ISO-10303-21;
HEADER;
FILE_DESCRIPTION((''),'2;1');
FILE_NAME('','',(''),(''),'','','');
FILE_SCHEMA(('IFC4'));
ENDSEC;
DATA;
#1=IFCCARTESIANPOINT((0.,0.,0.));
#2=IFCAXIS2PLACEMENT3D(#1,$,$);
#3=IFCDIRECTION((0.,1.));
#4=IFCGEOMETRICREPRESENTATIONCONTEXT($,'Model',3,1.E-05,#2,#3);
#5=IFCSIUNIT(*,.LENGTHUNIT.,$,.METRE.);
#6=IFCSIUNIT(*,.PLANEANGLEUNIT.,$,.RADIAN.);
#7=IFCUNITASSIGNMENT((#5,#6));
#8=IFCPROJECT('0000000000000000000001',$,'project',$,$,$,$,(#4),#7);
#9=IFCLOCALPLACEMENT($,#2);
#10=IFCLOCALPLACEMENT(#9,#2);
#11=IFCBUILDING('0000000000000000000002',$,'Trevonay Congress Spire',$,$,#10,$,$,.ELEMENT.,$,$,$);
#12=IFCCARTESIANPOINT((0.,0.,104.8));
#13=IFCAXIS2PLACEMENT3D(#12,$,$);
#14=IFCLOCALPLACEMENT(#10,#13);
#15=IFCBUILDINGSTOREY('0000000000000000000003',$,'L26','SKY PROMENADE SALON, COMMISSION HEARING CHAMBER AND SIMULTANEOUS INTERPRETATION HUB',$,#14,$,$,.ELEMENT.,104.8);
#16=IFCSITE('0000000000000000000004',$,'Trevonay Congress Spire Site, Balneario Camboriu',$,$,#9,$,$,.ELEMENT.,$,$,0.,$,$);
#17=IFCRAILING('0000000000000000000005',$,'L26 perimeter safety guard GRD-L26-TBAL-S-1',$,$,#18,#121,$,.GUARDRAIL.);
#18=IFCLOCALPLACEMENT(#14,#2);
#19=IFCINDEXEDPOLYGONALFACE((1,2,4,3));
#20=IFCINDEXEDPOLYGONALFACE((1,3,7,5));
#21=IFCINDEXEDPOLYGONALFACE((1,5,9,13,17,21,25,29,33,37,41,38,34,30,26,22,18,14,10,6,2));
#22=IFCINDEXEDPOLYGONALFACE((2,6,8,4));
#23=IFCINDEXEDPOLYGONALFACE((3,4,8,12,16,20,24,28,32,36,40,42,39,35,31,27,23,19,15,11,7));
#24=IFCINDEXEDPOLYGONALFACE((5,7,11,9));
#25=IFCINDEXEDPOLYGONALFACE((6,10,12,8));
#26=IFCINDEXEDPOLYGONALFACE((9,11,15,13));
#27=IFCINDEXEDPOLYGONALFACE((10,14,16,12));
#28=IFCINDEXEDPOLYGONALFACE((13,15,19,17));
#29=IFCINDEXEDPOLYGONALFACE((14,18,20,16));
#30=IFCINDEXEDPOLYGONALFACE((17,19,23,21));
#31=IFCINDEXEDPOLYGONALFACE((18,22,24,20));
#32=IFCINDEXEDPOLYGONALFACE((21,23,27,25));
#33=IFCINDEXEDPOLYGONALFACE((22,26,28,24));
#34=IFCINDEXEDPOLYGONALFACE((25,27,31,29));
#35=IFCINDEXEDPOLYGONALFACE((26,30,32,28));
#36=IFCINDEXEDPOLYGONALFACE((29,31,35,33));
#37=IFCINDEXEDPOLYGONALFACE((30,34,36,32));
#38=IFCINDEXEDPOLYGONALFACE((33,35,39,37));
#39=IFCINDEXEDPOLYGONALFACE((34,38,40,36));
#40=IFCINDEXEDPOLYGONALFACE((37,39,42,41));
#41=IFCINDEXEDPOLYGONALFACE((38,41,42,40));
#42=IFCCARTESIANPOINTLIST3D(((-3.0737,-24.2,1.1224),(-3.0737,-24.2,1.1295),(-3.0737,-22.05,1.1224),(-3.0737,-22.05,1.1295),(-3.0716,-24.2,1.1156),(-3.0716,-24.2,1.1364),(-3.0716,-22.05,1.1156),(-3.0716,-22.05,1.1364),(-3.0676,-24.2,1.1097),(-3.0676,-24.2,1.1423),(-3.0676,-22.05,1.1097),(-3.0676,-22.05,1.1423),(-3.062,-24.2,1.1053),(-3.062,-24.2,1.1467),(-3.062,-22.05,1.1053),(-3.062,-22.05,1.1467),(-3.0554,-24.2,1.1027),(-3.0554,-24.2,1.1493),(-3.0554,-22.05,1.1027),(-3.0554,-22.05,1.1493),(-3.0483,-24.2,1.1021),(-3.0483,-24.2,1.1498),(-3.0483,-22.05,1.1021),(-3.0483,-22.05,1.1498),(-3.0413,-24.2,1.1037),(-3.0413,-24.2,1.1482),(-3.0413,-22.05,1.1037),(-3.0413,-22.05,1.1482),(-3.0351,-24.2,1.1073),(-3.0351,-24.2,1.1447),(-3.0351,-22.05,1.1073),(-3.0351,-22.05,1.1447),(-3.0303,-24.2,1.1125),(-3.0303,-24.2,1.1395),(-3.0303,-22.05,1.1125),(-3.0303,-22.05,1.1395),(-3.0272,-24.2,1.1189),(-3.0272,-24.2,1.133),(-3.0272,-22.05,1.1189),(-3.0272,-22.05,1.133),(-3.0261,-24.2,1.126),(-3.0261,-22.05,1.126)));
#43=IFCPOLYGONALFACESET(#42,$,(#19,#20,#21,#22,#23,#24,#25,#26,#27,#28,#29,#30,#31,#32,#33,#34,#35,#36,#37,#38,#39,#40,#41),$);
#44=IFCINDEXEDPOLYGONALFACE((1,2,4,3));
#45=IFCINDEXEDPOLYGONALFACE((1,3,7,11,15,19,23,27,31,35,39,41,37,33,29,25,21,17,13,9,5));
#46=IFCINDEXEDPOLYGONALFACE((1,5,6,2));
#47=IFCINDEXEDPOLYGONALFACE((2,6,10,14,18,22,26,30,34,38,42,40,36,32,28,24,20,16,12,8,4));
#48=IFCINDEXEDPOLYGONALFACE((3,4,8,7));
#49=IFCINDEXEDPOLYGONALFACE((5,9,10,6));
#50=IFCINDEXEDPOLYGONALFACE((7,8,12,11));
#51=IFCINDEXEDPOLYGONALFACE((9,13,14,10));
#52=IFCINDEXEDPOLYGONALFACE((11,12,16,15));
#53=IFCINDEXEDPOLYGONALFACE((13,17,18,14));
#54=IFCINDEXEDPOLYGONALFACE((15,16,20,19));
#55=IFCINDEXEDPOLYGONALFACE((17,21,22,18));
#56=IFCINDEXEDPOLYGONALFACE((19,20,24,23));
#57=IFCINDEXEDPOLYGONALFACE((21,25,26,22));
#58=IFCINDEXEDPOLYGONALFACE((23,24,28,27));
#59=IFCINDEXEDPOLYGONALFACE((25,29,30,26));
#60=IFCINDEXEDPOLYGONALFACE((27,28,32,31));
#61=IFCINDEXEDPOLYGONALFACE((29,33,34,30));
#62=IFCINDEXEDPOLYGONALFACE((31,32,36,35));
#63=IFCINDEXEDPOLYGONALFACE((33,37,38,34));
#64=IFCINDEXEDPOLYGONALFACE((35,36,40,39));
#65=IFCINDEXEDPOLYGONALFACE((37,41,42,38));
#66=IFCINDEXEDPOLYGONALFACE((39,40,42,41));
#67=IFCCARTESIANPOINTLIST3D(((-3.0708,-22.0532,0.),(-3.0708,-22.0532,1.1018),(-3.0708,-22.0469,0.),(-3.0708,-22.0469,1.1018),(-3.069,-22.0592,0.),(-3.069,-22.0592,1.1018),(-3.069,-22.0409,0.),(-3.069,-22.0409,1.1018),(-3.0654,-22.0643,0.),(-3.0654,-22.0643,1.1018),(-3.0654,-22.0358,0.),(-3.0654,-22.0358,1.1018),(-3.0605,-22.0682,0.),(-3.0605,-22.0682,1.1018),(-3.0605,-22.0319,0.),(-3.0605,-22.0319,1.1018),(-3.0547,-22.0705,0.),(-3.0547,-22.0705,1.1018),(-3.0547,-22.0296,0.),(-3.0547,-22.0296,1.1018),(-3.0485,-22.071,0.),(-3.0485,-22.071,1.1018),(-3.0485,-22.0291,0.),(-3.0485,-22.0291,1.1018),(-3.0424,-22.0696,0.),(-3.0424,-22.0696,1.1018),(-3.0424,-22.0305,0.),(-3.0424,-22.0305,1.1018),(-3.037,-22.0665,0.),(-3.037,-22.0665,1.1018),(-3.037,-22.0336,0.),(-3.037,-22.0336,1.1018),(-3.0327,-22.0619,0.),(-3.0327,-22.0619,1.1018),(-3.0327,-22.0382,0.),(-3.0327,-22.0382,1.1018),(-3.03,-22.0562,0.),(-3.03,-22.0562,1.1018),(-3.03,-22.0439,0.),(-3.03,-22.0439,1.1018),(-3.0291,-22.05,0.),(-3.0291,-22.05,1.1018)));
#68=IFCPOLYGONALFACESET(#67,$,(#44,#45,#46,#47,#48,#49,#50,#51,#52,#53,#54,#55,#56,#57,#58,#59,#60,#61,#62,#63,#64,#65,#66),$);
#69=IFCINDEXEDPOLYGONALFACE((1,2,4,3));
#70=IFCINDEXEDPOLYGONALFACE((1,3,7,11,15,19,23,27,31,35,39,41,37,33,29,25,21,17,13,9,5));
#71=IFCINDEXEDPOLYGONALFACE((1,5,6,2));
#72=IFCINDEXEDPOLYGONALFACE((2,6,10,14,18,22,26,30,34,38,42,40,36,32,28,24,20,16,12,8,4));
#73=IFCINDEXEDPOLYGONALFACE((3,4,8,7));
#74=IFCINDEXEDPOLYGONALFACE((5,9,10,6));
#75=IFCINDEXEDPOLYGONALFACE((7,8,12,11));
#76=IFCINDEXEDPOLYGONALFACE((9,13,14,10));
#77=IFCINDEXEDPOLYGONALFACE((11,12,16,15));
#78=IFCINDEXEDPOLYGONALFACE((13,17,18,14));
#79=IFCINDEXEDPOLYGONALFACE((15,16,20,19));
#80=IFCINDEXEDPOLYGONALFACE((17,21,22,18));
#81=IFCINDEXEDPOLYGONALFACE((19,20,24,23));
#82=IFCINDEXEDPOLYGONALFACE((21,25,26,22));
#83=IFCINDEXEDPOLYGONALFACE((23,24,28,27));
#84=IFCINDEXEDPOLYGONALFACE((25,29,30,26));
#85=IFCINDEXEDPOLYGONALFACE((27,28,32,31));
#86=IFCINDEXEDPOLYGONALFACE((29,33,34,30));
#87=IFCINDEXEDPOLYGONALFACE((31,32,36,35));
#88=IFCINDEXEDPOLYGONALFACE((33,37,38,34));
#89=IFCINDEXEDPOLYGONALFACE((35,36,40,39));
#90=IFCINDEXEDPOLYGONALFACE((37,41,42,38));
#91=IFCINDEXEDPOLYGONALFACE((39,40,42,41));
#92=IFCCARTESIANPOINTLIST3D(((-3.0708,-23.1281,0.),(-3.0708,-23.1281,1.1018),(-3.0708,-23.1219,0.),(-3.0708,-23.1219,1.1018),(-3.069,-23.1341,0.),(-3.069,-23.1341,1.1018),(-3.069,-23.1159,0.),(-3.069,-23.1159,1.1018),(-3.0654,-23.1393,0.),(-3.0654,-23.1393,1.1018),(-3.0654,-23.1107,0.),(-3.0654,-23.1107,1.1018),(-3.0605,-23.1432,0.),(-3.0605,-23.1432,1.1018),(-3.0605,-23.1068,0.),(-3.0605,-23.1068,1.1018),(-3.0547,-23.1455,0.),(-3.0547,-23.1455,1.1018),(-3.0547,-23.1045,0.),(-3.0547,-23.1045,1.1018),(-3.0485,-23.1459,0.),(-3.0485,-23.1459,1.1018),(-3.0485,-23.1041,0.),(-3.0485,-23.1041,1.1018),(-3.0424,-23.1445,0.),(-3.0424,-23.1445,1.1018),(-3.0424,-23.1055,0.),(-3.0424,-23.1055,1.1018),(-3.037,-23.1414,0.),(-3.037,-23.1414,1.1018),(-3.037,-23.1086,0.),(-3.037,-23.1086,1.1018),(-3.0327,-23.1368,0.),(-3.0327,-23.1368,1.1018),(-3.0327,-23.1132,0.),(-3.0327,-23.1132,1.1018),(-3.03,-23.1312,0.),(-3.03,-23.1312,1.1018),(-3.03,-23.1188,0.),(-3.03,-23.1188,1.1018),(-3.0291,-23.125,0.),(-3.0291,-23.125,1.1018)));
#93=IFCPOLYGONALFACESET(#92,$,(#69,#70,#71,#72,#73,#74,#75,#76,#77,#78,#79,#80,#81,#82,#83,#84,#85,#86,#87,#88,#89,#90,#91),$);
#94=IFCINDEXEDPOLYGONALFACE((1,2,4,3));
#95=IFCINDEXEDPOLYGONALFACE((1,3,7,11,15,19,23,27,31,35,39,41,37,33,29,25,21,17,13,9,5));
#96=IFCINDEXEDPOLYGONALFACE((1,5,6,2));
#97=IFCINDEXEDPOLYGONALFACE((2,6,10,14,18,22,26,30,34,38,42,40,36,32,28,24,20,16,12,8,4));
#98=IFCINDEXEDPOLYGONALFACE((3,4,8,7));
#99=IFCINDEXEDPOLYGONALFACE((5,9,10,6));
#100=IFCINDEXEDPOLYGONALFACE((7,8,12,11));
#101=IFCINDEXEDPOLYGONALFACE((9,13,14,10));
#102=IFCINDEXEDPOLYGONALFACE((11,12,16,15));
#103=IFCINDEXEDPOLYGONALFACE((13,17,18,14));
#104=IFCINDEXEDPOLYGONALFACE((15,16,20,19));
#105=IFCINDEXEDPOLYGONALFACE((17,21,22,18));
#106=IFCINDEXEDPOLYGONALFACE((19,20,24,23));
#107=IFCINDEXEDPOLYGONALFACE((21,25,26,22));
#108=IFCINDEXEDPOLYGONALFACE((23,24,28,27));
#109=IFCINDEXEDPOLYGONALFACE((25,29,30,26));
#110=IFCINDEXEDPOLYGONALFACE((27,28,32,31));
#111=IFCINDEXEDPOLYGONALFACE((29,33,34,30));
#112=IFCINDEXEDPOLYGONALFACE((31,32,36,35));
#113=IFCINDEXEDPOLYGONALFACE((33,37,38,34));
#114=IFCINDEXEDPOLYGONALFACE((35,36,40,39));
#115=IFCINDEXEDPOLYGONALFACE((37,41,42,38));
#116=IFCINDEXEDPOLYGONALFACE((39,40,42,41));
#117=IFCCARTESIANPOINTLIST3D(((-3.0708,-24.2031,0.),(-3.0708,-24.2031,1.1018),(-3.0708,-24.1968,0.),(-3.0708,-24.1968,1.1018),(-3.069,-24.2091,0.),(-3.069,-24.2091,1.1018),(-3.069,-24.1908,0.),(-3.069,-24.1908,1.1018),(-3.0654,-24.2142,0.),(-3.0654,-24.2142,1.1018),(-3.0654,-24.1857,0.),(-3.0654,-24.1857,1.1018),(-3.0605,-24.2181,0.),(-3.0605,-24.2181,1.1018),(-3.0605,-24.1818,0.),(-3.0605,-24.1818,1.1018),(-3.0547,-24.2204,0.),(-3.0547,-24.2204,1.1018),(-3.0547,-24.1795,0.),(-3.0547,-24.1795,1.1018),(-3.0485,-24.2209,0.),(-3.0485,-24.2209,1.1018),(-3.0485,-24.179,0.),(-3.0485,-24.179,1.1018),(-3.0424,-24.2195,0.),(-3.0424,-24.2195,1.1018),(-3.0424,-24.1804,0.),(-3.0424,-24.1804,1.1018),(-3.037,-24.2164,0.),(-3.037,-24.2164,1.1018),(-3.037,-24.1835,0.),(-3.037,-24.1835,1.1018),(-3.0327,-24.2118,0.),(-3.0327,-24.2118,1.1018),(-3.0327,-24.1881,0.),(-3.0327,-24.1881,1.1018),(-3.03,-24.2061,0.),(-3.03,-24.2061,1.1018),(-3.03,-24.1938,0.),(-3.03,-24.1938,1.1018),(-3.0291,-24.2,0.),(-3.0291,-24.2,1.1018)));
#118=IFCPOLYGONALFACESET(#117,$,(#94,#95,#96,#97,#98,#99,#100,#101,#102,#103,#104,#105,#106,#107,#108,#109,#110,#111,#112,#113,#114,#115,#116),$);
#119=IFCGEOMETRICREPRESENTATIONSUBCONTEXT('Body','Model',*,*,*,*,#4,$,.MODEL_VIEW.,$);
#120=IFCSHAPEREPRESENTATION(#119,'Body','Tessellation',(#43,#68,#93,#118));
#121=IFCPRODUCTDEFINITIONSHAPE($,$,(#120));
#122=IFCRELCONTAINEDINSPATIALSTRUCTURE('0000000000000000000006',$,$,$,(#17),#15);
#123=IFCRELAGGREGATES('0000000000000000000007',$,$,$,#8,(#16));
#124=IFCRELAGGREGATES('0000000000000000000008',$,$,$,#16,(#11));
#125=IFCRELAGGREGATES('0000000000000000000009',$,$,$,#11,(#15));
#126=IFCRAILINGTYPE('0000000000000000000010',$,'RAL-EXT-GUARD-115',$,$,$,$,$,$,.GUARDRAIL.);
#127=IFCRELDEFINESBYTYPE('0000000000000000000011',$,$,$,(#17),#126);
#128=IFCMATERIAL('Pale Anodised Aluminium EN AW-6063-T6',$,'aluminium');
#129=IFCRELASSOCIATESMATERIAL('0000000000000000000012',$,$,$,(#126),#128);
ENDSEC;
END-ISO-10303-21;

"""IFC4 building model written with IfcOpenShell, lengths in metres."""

from ifc_helpers import new_model, si_unit, direction, frame, origin, origin_2d, place, context, subcontext, project, spatial, circle, extrude, material, type_object, element, save


model = new_model("IFC4")

# Units and contexts
model_context = context("Model", 3, precision=1e-05, world=origin(), true_north=direction((0.0, 1.0)))
body_context = subcontext(model_context, "Body", "Model", "MODEL_VIEW")
ifc_project = project(units=[si_unit("LENGTHUNIT", "METRE"), si_unit("PLANEANGLEUNIT", "RADIAN")], contexts=[model_context])

# Site, building, storey
site_placement = place(None, origin())
site = spatial("IfcSite", under=ifc_project, at=site_placement, Name="Trevonay Congress Spire Site, Balneario Camboriu", CompositionType="ELEMENT", RefElevation=0.0)
building_placement = place(site_placement, origin())
building = spatial("IfcBuilding", under=site, at=building_placement, Name="Trevonay Congress Spire", CompositionType="ELEMENT")
storey_placement = place(building_placement, frame((0.0, 0.0, 104.8)))
storey = spatial("IfcBuildingStorey", under=building, at=storey_placement, Name="L26", Description="SKY PROMENADE SALON, COMMISSION HEARING CHAMBER AND SIMULTANEOUS INTERPRETATION HUB", CompositionType="ELEMENT", Elevation=104.8)

# Shared definitions
ifc_material_1 = material(Name="Pale Anodised Aluminium EN AW-6063-T6", Category="aluminium")

# Railing
railing_type = type_object("IfcRailingType", Name="RAL-EXT-GUARD-115", PredefinedType="GUARDRAIL", material=ifc_material_1)
railing_1_placement = place(storey_placement, frame((-3.05, -22.05, 0.0)))
element("IfcRailing", 1, at=railing_1_placement, inside=storey, type_object=railing_type, Name="L26 perimeter safety guard GRD-L26-TBAL-S-1", PredefinedType="GUARDRAIL", context=body_context, shape_type="SweptSolid", body=[
    extrude(circle(Radius=0.0239, at=origin_2d()), frame((0.0, 0.0, 1.126), z_axis=(0.0, -1.0, 0.0), x_axis=(1.0, 0.0, 0.0)), (0.0, 0.0, 1.0), 2.1499),
    extrude(circle(Radius=0.021, at=origin_2d()), origin(), (0.0, 0.0, 1.0), 1.1018),
    extrude(circle(Radius=0.021, at=origin_2d()), frame((0.0, -1.075, 0.0)), (0.0, 0.0, 1.0), 1.1018),
    extrude(circle(Radius=0.021, at=origin_2d()), frame((0.0, -2.1499, 0.0)), (0.0, 0.0, 1.0), 1.1018),
])

save(model, "model.ifc")
